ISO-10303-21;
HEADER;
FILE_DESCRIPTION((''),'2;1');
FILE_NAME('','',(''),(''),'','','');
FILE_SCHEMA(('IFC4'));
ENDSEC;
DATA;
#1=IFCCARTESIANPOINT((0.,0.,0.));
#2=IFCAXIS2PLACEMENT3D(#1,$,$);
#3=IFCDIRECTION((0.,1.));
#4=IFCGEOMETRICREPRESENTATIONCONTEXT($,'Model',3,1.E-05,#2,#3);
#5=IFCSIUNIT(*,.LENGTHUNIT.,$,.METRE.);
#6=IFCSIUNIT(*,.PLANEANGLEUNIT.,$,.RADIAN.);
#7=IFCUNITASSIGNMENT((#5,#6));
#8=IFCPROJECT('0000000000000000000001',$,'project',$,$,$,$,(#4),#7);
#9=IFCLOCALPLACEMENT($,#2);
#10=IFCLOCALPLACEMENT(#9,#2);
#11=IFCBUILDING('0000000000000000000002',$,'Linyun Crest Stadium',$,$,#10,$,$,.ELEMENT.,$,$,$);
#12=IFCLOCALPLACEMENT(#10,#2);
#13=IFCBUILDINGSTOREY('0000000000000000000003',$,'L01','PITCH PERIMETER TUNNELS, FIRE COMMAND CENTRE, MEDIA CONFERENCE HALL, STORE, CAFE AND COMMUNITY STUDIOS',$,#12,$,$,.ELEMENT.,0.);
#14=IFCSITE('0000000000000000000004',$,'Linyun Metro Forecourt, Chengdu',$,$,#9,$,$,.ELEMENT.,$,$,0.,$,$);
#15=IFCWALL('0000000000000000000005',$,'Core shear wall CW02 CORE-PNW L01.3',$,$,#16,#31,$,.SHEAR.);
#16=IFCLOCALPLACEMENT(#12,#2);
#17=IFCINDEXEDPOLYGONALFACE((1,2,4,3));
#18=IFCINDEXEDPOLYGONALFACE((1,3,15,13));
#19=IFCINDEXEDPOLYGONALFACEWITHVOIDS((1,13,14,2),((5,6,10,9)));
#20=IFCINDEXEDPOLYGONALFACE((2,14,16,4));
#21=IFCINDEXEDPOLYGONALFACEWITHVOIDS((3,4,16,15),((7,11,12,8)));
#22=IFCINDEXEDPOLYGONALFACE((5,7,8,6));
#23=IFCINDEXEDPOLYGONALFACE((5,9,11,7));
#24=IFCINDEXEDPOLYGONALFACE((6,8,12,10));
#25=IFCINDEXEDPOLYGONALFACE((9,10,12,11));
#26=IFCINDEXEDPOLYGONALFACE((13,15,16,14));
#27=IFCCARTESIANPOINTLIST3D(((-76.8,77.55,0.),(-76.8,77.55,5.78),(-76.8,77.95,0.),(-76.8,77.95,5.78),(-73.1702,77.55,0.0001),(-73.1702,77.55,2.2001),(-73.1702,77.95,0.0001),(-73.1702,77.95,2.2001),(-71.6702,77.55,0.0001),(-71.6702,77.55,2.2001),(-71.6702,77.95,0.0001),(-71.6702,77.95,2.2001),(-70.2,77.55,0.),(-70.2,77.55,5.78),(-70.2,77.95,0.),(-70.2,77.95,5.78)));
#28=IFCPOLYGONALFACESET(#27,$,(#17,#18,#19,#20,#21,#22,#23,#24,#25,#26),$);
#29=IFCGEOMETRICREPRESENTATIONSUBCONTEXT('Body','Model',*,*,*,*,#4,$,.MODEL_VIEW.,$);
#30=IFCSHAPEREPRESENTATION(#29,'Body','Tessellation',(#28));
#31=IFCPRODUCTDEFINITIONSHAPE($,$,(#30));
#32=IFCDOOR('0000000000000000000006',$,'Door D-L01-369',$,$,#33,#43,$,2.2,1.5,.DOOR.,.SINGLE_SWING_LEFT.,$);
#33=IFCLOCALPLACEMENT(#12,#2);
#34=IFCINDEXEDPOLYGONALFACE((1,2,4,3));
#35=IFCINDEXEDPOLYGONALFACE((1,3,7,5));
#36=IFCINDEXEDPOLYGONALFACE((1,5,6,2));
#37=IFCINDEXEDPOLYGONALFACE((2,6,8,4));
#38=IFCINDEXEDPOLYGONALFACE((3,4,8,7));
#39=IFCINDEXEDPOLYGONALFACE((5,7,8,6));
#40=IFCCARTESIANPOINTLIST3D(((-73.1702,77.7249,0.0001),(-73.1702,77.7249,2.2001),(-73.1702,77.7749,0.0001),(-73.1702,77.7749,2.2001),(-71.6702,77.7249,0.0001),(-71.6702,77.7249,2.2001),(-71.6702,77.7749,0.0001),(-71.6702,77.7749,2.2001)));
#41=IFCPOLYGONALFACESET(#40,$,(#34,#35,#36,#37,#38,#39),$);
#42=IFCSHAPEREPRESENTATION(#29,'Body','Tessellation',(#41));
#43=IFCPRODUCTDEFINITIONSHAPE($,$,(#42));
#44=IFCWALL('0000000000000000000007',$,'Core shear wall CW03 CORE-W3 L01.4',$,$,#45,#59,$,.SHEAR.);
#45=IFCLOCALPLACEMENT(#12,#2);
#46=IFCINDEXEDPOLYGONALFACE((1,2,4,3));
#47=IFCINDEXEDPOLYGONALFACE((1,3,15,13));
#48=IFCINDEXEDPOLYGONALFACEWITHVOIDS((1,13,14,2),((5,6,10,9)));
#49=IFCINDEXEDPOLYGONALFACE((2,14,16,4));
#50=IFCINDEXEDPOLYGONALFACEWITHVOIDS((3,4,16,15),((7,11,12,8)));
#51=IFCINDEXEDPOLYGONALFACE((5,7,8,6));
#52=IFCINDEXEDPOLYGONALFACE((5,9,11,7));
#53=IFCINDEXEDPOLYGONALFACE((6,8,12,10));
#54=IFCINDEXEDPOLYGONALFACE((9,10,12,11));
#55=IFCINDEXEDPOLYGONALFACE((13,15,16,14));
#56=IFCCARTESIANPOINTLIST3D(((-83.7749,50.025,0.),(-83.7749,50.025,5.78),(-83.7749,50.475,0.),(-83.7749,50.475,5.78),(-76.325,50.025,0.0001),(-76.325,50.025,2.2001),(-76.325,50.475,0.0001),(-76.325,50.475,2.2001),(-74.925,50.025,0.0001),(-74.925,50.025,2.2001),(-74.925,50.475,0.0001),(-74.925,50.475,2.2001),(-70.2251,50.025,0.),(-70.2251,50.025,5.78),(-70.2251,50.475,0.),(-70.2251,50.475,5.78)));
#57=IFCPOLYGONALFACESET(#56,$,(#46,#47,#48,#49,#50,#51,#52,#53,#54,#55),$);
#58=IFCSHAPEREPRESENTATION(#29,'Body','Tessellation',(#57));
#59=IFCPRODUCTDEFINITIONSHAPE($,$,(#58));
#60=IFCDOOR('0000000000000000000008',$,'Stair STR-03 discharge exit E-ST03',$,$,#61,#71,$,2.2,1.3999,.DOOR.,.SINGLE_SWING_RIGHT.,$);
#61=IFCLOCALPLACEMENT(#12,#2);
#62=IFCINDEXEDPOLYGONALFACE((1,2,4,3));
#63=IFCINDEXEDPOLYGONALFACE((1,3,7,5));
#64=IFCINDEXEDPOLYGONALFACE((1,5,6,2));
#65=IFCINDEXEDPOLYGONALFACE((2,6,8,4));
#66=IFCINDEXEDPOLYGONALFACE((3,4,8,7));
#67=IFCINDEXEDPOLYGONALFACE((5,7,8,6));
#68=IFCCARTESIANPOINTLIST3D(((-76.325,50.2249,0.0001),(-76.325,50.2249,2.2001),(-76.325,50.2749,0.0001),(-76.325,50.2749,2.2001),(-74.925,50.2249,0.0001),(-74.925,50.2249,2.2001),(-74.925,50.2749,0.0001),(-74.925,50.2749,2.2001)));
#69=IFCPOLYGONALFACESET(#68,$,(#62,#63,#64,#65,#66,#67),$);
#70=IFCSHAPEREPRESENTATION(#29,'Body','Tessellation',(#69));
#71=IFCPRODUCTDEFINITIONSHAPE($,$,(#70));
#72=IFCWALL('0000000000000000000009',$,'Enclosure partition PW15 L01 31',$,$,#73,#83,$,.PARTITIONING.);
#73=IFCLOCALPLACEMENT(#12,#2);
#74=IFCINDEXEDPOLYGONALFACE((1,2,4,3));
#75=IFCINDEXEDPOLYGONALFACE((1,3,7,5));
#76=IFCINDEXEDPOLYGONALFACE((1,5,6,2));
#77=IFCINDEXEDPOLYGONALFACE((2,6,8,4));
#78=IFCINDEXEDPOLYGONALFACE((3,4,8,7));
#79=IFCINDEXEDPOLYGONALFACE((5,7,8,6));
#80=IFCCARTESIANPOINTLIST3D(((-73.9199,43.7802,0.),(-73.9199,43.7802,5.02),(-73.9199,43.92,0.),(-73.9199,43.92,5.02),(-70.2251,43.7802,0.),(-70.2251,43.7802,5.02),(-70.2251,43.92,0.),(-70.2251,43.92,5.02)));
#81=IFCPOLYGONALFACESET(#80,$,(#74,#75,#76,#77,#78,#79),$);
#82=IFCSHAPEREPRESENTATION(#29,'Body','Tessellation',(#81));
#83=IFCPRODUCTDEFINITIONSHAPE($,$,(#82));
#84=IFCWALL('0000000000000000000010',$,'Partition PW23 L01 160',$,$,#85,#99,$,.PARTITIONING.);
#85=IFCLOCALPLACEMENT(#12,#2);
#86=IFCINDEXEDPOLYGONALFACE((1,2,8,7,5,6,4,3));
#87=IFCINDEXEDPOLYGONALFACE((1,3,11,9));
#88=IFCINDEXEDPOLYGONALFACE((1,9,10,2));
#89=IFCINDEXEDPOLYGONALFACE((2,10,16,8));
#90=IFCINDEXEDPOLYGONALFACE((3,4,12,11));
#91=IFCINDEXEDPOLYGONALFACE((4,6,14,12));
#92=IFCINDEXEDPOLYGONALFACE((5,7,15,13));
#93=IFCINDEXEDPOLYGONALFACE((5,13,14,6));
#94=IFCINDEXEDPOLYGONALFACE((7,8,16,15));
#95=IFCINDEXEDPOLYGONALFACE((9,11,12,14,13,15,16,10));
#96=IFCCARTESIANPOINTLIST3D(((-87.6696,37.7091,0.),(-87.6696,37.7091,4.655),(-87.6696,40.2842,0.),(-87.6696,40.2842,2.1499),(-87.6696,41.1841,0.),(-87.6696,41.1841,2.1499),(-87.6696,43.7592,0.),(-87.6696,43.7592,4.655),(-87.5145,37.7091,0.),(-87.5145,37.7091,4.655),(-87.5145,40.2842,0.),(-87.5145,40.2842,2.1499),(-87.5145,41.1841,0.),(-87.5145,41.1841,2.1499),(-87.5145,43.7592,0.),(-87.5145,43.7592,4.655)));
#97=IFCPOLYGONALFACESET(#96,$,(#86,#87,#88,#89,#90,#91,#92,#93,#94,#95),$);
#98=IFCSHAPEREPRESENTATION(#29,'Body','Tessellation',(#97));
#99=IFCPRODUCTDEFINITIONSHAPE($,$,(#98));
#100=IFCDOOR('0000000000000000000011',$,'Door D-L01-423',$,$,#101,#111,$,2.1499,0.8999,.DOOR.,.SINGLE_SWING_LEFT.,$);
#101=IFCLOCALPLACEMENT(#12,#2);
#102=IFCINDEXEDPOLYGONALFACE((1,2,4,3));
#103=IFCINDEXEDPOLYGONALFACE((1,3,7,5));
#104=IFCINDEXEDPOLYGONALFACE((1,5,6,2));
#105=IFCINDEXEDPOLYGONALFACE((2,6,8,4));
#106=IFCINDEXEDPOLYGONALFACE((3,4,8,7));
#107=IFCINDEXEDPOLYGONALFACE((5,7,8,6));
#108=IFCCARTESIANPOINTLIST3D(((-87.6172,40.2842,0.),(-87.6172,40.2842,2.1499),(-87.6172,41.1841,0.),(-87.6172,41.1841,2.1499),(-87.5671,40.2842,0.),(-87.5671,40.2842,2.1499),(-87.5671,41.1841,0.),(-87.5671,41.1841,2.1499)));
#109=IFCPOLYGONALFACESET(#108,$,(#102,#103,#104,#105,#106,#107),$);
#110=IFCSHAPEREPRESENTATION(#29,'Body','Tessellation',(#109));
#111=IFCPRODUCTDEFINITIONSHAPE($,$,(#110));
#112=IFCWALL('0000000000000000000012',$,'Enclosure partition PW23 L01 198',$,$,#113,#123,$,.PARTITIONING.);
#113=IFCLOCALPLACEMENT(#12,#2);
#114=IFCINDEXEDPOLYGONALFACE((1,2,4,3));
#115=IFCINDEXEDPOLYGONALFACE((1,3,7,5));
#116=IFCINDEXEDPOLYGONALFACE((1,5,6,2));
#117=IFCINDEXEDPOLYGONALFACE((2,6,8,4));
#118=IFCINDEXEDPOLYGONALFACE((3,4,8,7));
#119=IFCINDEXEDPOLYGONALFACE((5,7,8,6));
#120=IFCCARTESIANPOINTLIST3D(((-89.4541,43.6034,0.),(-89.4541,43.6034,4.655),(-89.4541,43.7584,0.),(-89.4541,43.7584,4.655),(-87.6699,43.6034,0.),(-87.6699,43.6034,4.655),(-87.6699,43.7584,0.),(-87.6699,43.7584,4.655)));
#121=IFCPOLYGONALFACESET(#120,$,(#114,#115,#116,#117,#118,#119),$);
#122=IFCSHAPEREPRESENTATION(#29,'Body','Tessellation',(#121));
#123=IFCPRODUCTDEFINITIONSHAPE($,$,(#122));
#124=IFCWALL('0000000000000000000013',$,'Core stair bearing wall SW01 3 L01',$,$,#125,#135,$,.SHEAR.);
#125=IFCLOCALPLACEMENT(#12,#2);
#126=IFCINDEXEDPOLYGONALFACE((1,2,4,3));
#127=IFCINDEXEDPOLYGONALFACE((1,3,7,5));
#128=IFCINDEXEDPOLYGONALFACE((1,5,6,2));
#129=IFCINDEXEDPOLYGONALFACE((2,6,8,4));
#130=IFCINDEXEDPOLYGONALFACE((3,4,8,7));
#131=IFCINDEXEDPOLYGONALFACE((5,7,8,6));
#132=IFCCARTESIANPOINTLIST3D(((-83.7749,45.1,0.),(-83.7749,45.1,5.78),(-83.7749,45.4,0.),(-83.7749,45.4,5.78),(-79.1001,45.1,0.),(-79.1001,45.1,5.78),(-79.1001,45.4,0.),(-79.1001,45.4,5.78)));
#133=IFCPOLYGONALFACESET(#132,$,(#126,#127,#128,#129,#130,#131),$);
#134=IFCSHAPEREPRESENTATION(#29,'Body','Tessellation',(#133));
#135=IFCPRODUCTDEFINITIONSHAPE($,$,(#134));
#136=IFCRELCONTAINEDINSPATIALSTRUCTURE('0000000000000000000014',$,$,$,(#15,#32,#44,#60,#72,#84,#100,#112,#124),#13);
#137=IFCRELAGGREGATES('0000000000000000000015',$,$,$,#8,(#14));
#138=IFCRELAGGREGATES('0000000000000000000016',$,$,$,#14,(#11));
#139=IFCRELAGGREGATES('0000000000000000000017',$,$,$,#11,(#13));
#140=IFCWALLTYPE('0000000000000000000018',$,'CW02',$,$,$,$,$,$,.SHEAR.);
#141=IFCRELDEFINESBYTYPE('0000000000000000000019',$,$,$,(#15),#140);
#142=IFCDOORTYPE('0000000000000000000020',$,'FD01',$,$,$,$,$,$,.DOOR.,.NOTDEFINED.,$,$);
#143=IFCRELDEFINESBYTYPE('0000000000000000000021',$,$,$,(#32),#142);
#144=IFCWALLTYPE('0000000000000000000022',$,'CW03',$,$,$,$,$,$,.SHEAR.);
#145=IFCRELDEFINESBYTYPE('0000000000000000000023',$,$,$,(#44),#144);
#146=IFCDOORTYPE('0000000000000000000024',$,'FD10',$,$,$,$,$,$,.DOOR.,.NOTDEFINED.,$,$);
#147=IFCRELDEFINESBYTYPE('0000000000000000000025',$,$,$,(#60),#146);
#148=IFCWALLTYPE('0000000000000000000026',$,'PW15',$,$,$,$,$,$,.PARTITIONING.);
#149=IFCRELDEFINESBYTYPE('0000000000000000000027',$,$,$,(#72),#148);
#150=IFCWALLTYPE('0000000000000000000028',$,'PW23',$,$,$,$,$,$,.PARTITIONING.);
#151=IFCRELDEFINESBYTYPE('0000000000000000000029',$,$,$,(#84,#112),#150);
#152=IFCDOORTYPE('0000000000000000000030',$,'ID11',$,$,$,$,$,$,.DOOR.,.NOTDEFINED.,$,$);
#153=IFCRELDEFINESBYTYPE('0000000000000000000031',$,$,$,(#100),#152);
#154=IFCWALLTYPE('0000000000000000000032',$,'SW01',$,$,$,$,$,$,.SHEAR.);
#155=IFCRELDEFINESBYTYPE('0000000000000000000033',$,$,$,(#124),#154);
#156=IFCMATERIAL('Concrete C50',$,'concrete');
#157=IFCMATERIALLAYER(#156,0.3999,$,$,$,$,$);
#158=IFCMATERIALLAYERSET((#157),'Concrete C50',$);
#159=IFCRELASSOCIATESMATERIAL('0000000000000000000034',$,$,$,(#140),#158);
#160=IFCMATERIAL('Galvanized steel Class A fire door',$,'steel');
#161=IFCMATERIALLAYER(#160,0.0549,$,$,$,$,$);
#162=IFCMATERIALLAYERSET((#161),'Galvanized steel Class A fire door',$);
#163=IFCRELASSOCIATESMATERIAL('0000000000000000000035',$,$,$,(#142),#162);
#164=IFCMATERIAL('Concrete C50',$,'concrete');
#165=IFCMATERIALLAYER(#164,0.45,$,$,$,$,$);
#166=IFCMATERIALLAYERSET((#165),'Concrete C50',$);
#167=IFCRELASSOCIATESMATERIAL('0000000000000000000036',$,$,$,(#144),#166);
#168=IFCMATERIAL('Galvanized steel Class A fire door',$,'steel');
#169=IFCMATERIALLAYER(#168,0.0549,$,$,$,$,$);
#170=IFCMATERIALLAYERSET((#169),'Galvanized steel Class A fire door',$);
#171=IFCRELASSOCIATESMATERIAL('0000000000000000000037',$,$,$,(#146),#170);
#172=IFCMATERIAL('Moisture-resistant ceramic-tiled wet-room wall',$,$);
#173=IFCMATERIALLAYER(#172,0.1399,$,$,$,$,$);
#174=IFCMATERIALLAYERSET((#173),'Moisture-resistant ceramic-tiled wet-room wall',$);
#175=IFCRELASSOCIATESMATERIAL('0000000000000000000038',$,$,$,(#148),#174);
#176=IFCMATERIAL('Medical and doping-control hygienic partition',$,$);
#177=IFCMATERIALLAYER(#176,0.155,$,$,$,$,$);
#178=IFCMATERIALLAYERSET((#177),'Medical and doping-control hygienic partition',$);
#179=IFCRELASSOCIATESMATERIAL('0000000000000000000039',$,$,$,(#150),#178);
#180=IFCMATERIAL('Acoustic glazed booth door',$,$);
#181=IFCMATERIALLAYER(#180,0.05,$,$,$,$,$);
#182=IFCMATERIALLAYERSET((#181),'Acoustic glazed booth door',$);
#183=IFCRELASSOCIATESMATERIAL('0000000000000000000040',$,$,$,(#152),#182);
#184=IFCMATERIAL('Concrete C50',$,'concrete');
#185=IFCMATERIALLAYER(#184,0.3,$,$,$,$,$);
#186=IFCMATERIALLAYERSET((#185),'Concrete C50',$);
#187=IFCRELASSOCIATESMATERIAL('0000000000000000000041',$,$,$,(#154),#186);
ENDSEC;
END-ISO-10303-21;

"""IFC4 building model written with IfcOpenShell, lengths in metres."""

from ifc_helpers import new_model, si_unit, direction, frame, frame_2d, origin, place, context, subcontext, project, spatial, rectangle, extrude, material, layer, layer_set, type_object, element, fill, save


model = new_model("IFC4")

# Units and contexts
model_context = context("Model", 3, precision=1e-05, world=origin(), true_north=direction((0.0, 1.0)))
body_context = subcontext(model_context, "Body", "Model", "MODEL_VIEW")
ifc_project = project(units=[si_unit("LENGTHUNIT", "METRE"), si_unit("PLANEANGLEUNIT", "RADIAN")], contexts=[model_context])

# Site, building, storey
site_placement = place(None, origin())
site = spatial("IfcSite", under=ifc_project, at=site_placement, Name="Linyun Metro Forecourt, Chengdu", CompositionType="ELEMENT", RefElevation=0.0)
building_placement = place(site_placement, origin())
building = spatial("IfcBuilding", under=site, at=building_placement, Name="Linyun Crest Stadium", CompositionType="ELEMENT")
storey_placement = place(building_placement, origin())
storey = spatial("IfcBuildingStorey", under=building, at=storey_placement, Name="L01", Description="PITCH PERIMETER TUNNELS, FIRE COMMAND CENTRE, MEDIA CONFERENCE HALL, STORE, CAFE AND COMMUNITY STUDIOS", CompositionType="ELEMENT", Elevation=0.0)

# Shared definitions
ifc_material_1 = material(Name="Concrete C50", Category="concrete")
ifc_layer_1 = layer(ifc_material_1, 0.3999)
ifc_layer_set_1 = layer_set([ifc_layer_1], Name="Concrete C50")
wall_type_1 = type_object("IfcWallType", Name="CW02", PredefinedType="SHEAR", material=ifc_layer_set_1)

# Walls, openings, doors
wall_1_placement = place(storey_placement, frame((-76.8, 77.75, 0.0), z_axis=(0.0, 0.0, 1.0), x_axis=(1.0, 0.0, 0.0)))
wall_1 = element("IfcWall", 1, at=wall_1_placement, inside=storey, type_object=wall_type_1, Name="Core shear wall CW02 CORE-PNW L01.3", PredefinedType="SHEAR", context=body_context, shape_type="SweptSolid", body=[
    extrude(rectangle(XDim=6.6001, YDim=0.3999, at=frame_2d((3.3, 0.0))), origin(), (0.0, 0.0, 1.0), 5.78),
])
opening_1_placement = place(wall_1_placement, frame((3.6299, 0.0, 0.0)))
opening_1 = element("IfcOpeningElement", 2, at=opening_1_placement, cuts=wall_1, PredefinedType="OPENING", context=body_context, shape_type="SweptSolid", body=[
    extrude(rectangle(XDim=1.5, YDim=2.2, at=frame_2d((0.75, 1.1001))), frame((0.0, 0.21, 0.0), z_axis=(0.0, -1.0, 0.0), x_axis=(1.0, 0.0, 0.0)), (0.0, 0.0, 1.0), 0.4199),
])
ifc_material_2 = material(Name="Galvanized steel Class A fire door", Category="steel")
ifc_layer_2 = layer(ifc_material_2, 0.0549)
ifc_layer_set_2 = layer_set([ifc_layer_2], Name="Galvanized steel Class A fire door")
door_type_1 = type_object("IfcDoorType", Name="FD01", OperationType="NOTDEFINED", PredefinedType="DOOR", material=ifc_layer_set_2)
door_1_placement = place(opening_1_placement, origin())
door_1 = element("IfcDoor", 3, at=door_1_placement, inside=storey, type_object=door_type_1, Name="Door D-L01-369", OperationType="SINGLE_SWING_LEFT", OverallHeight=2.2, OverallWidth=1.5, PredefinedType="DOOR", context=body_context, shape_type="SweptSolid", body=[
    extrude(rectangle(XDim=1.5, YDim=2.2, at=frame_2d((0.75, 1.1001))), frame((0.0, 0.0249, 0.0), z_axis=(0.0, -1.0, 0.0), x_axis=(1.0, 0.0, 0.0)), (0.0, 0.0, 1.0), 0.05),
])
fill(opening_1, door_1)
ifc_material_3 = material(Name="Concrete C50", Category="concrete")
ifc_layer_3 = layer(ifc_material_3, 0.45)
ifc_layer_set_3 = layer_set([ifc_layer_3], Name="Concrete C50")
wall_type_2 = type_object("IfcWallType", Name="CW03", PredefinedType="SHEAR", material=ifc_layer_set_3)
wall_2_placement = place(storey_placement, frame((-83.7749, 50.25, 0.0), z_axis=(0.0, 0.0, 1.0), x_axis=(1.0, 0.0, 0.0)))
wall_2 = element("IfcWall", 4, at=wall_2_placement, inside=storey, type_object=wall_type_2, Name="Core shear wall CW03 CORE-W3 L01.4", PredefinedType="SHEAR", context=body_context, shape_type="SweptSolid", body=[
    extrude(rectangle(XDim=13.5498, YDim=0.45, at=frame_2d((6.7749, 0.0))), origin(), (0.0, 0.0, 1.0), 5.78),
])
opening_2_placement = place(wall_2_placement, frame((7.45, 0.0, 0.0)))
opening_2 = element("IfcOpeningElement", 5, at=opening_2_placement, cuts=wall_2, PredefinedType="OPENING", context=body_context, shape_type="SweptSolid", body=[
    extrude(rectangle(XDim=1.3999, YDim=2.2, at=frame_2d((0.7, 1.1001))), frame((0.0, 0.2349, 0.0), z_axis=(0.0, -1.0, 0.0), x_axis=(1.0, 0.0, 0.0)), (0.0, 0.0, 1.0), 0.47),
])
ifc_material_4 = material(Name="Galvanized steel Class A fire door", Category="steel")
ifc_layer_4 = layer(ifc_material_4, 0.0549)
ifc_layer_set_4 = layer_set([ifc_layer_4], Name="Galvanized steel Class A fire door")
door_type_2 = type_object("IfcDoorType", Name="FD10", OperationType="NOTDEFINED", PredefinedType="DOOR", material=ifc_layer_set_4)
door_2_placement = place(opening_2_placement, origin())
door_2 = element("IfcDoor", 6, at=door_2_placement, inside=storey, type_object=door_type_2, Name="Stair STR-03 discharge exit E-ST03", OperationType="SINGLE_SWING_RIGHT", OverallHeight=2.2, OverallWidth=1.3999, PredefinedType="DOOR", context=body_context, shape_type="SweptSolid", body=[
    extrude(rectangle(XDim=1.3999, YDim=2.2, at=frame_2d((0.7, 1.1001))), frame((0.0, 0.0249, 0.0), z_axis=(0.0, -1.0, 0.0), x_axis=(1.0, 0.0, 0.0)), (0.0, 0.0, 1.0), 0.05),
])
fill(opening_2, door_2)

# Shared definitions
ifc_material_5 = material(Name="Moisture-resistant ceramic-tiled wet-room wall")
ifc_layer_5 = layer(ifc_material_5, 0.1399)
ifc_layer_set_5 = layer_set([ifc_layer_5], Name="Moisture-resistant ceramic-tiled wet-room wall")
wall_type_3 = type_object("IfcWallType", Name="PW15", PredefinedType="PARTITIONING", material=ifc_layer_set_5)

# Wall
wall_3_placement = place(storey_placement, frame((-73.9199, 43.8501, 0.0), z_axis=(0.0, 0.0, 1.0), x_axis=(1.0, 0.0, 0.0)))
element("IfcWall", 7, at=wall_3_placement, inside=storey, type_object=wall_type_3, Name="Enclosure partition PW15 L01 31", PredefinedType="PARTITIONING", context=body_context, shape_type="SweptSolid", body=[
    extrude(rectangle(XDim=3.6948, YDim=0.1399, at=frame_2d((1.8474, 0.0))), origin(), (0.0, 0.0, 1.0), 5.02),
])

# Wall, opening, door
ifc_material_6 = material(Name="Medical and doping-control hygienic partition")
ifc_layer_6 = layer(ifc_material_6, 0.155)
ifc_layer_set_6 = layer_set([ifc_layer_6], Name="Medical and doping-control hygienic partition")
wall_type_4 = type_object("IfcWallType", Name="PW23", PredefinedType="PARTITIONING", material=ifc_layer_set_6)
wall_4_placement = place(storey_placement, frame((-87.592, 43.759, 0.0), z_axis=(0.0, 0.0, 1.0), x_axis=(0.0, -1.0, 0.0)))
wall_4 = element("IfcWall", 8, at=wall_4_placement, inside=storey, type_object=wall_type_4, Name="Partition PW23 L01 160", PredefinedType="PARTITIONING", context=body_context, shape_type="SweptSolid", body=[
    extrude(rectangle(XDim=6.05, YDim=0.155, at=frame_2d((3.0249, 0.0))), origin(), (0.0, 0.0, 1.0), 4.655),
])
opening_3_placement = place(wall_4_placement, frame((2.575, 0.0, 0.0)))
opening_3 = element("IfcOpeningElement", 9, at=opening_3_placement, cuts=wall_4, PredefinedType="OPENING", context=body_context, shape_type="SweptSolid", body=[
    extrude(rectangle(XDim=0.8999, YDim=2.1499, at=frame_2d((0.45, 1.075))), frame((0.0, 0.0874, 0.0), z_axis=(0.0, -1.0, 0.0), x_axis=(1.0, 0.0, 0.0)), (0.0, 0.0, 1.0), 0.175),
])
ifc_material_7 = material(Name="Acoustic glazed booth door")
ifc_layer_7 = layer(ifc_material_7, 0.05)
ifc_layer_set_7 = layer_set([ifc_layer_7], Name="Acoustic glazed booth door")
door_type_3 = type_object("IfcDoorType", Name="ID11", OperationType="NOTDEFINED", PredefinedType="DOOR", material=ifc_layer_set_7)
door_3_placement = place(opening_3_placement, origin())
door_3 = element("IfcDoor", 10, at=door_3_placement, inside=storey, type_object=door_type_3, Name="Door D-L01-423", OperationType="SINGLE_SWING_LEFT", OverallHeight=2.1499, OverallWidth=0.8999, PredefinedType="DOOR", context=body_context, shape_type="SweptSolid", body=[
    extrude(rectangle(XDim=0.8999, YDim=2.1499, at=frame_2d((0.45, 1.075))), frame((0.0, 0.0249, 0.0), z_axis=(0.0, -1.0, 0.0), x_axis=(1.0, 0.0, 0.0)), (0.0, 0.0, 1.0), 0.05),
])
fill(opening_3, door_3)

# Walls
wall_5_placement = place(storey_placement, frame((-89.4541, 43.6809, 0.0), z_axis=(0.0, 0.0, 1.0), x_axis=(1.0, 0.0, 0.0)))
element("IfcWall", 11, at=wall_5_placement, inside=storey, type_object=wall_type_4, Name="Enclosure partition PW23 L01 198", PredefinedType="PARTITIONING", context=body_context, shape_type="SweptSolid", body=[
    extrude(rectangle(XDim=1.7842, YDim=0.155, at=frame_2d((0.8921, 0.0))), origin(), (0.0, 0.0, 1.0), 4.655),
])
ifc_material_8 = material(Name="Concrete C50", Category="concrete")
ifc_layer_8 = layer(ifc_material_8, 0.3)
ifc_layer_set_8 = layer_set([ifc_layer_8], Name="Concrete C50")
wall_type_5 = type_object("IfcWallType", Name="SW01", PredefinedType="SHEAR", material=ifc_layer_set_8)
wall_6_placement = place(storey_placement, frame((-83.7749, 45.25, 0.0), z_axis=(0.0, 0.0, 1.0), x_axis=(1.0, 0.0, 0.0)))
element("IfcWall", 12, at=wall_6_placement, inside=storey, type_object=wall_type_5, Name="Core stair bearing wall SW01 3 L01", PredefinedType="SHEAR", context=body_context, shape_type="SweptSolid", body=[
    extrude(rectangle(XDim=4.6748, YDim=0.3, at=frame_2d((2.3374, 0.0))), origin(), (0.0, 0.0, 1.0), 5.78),
])

save(model, "model.ifc")
